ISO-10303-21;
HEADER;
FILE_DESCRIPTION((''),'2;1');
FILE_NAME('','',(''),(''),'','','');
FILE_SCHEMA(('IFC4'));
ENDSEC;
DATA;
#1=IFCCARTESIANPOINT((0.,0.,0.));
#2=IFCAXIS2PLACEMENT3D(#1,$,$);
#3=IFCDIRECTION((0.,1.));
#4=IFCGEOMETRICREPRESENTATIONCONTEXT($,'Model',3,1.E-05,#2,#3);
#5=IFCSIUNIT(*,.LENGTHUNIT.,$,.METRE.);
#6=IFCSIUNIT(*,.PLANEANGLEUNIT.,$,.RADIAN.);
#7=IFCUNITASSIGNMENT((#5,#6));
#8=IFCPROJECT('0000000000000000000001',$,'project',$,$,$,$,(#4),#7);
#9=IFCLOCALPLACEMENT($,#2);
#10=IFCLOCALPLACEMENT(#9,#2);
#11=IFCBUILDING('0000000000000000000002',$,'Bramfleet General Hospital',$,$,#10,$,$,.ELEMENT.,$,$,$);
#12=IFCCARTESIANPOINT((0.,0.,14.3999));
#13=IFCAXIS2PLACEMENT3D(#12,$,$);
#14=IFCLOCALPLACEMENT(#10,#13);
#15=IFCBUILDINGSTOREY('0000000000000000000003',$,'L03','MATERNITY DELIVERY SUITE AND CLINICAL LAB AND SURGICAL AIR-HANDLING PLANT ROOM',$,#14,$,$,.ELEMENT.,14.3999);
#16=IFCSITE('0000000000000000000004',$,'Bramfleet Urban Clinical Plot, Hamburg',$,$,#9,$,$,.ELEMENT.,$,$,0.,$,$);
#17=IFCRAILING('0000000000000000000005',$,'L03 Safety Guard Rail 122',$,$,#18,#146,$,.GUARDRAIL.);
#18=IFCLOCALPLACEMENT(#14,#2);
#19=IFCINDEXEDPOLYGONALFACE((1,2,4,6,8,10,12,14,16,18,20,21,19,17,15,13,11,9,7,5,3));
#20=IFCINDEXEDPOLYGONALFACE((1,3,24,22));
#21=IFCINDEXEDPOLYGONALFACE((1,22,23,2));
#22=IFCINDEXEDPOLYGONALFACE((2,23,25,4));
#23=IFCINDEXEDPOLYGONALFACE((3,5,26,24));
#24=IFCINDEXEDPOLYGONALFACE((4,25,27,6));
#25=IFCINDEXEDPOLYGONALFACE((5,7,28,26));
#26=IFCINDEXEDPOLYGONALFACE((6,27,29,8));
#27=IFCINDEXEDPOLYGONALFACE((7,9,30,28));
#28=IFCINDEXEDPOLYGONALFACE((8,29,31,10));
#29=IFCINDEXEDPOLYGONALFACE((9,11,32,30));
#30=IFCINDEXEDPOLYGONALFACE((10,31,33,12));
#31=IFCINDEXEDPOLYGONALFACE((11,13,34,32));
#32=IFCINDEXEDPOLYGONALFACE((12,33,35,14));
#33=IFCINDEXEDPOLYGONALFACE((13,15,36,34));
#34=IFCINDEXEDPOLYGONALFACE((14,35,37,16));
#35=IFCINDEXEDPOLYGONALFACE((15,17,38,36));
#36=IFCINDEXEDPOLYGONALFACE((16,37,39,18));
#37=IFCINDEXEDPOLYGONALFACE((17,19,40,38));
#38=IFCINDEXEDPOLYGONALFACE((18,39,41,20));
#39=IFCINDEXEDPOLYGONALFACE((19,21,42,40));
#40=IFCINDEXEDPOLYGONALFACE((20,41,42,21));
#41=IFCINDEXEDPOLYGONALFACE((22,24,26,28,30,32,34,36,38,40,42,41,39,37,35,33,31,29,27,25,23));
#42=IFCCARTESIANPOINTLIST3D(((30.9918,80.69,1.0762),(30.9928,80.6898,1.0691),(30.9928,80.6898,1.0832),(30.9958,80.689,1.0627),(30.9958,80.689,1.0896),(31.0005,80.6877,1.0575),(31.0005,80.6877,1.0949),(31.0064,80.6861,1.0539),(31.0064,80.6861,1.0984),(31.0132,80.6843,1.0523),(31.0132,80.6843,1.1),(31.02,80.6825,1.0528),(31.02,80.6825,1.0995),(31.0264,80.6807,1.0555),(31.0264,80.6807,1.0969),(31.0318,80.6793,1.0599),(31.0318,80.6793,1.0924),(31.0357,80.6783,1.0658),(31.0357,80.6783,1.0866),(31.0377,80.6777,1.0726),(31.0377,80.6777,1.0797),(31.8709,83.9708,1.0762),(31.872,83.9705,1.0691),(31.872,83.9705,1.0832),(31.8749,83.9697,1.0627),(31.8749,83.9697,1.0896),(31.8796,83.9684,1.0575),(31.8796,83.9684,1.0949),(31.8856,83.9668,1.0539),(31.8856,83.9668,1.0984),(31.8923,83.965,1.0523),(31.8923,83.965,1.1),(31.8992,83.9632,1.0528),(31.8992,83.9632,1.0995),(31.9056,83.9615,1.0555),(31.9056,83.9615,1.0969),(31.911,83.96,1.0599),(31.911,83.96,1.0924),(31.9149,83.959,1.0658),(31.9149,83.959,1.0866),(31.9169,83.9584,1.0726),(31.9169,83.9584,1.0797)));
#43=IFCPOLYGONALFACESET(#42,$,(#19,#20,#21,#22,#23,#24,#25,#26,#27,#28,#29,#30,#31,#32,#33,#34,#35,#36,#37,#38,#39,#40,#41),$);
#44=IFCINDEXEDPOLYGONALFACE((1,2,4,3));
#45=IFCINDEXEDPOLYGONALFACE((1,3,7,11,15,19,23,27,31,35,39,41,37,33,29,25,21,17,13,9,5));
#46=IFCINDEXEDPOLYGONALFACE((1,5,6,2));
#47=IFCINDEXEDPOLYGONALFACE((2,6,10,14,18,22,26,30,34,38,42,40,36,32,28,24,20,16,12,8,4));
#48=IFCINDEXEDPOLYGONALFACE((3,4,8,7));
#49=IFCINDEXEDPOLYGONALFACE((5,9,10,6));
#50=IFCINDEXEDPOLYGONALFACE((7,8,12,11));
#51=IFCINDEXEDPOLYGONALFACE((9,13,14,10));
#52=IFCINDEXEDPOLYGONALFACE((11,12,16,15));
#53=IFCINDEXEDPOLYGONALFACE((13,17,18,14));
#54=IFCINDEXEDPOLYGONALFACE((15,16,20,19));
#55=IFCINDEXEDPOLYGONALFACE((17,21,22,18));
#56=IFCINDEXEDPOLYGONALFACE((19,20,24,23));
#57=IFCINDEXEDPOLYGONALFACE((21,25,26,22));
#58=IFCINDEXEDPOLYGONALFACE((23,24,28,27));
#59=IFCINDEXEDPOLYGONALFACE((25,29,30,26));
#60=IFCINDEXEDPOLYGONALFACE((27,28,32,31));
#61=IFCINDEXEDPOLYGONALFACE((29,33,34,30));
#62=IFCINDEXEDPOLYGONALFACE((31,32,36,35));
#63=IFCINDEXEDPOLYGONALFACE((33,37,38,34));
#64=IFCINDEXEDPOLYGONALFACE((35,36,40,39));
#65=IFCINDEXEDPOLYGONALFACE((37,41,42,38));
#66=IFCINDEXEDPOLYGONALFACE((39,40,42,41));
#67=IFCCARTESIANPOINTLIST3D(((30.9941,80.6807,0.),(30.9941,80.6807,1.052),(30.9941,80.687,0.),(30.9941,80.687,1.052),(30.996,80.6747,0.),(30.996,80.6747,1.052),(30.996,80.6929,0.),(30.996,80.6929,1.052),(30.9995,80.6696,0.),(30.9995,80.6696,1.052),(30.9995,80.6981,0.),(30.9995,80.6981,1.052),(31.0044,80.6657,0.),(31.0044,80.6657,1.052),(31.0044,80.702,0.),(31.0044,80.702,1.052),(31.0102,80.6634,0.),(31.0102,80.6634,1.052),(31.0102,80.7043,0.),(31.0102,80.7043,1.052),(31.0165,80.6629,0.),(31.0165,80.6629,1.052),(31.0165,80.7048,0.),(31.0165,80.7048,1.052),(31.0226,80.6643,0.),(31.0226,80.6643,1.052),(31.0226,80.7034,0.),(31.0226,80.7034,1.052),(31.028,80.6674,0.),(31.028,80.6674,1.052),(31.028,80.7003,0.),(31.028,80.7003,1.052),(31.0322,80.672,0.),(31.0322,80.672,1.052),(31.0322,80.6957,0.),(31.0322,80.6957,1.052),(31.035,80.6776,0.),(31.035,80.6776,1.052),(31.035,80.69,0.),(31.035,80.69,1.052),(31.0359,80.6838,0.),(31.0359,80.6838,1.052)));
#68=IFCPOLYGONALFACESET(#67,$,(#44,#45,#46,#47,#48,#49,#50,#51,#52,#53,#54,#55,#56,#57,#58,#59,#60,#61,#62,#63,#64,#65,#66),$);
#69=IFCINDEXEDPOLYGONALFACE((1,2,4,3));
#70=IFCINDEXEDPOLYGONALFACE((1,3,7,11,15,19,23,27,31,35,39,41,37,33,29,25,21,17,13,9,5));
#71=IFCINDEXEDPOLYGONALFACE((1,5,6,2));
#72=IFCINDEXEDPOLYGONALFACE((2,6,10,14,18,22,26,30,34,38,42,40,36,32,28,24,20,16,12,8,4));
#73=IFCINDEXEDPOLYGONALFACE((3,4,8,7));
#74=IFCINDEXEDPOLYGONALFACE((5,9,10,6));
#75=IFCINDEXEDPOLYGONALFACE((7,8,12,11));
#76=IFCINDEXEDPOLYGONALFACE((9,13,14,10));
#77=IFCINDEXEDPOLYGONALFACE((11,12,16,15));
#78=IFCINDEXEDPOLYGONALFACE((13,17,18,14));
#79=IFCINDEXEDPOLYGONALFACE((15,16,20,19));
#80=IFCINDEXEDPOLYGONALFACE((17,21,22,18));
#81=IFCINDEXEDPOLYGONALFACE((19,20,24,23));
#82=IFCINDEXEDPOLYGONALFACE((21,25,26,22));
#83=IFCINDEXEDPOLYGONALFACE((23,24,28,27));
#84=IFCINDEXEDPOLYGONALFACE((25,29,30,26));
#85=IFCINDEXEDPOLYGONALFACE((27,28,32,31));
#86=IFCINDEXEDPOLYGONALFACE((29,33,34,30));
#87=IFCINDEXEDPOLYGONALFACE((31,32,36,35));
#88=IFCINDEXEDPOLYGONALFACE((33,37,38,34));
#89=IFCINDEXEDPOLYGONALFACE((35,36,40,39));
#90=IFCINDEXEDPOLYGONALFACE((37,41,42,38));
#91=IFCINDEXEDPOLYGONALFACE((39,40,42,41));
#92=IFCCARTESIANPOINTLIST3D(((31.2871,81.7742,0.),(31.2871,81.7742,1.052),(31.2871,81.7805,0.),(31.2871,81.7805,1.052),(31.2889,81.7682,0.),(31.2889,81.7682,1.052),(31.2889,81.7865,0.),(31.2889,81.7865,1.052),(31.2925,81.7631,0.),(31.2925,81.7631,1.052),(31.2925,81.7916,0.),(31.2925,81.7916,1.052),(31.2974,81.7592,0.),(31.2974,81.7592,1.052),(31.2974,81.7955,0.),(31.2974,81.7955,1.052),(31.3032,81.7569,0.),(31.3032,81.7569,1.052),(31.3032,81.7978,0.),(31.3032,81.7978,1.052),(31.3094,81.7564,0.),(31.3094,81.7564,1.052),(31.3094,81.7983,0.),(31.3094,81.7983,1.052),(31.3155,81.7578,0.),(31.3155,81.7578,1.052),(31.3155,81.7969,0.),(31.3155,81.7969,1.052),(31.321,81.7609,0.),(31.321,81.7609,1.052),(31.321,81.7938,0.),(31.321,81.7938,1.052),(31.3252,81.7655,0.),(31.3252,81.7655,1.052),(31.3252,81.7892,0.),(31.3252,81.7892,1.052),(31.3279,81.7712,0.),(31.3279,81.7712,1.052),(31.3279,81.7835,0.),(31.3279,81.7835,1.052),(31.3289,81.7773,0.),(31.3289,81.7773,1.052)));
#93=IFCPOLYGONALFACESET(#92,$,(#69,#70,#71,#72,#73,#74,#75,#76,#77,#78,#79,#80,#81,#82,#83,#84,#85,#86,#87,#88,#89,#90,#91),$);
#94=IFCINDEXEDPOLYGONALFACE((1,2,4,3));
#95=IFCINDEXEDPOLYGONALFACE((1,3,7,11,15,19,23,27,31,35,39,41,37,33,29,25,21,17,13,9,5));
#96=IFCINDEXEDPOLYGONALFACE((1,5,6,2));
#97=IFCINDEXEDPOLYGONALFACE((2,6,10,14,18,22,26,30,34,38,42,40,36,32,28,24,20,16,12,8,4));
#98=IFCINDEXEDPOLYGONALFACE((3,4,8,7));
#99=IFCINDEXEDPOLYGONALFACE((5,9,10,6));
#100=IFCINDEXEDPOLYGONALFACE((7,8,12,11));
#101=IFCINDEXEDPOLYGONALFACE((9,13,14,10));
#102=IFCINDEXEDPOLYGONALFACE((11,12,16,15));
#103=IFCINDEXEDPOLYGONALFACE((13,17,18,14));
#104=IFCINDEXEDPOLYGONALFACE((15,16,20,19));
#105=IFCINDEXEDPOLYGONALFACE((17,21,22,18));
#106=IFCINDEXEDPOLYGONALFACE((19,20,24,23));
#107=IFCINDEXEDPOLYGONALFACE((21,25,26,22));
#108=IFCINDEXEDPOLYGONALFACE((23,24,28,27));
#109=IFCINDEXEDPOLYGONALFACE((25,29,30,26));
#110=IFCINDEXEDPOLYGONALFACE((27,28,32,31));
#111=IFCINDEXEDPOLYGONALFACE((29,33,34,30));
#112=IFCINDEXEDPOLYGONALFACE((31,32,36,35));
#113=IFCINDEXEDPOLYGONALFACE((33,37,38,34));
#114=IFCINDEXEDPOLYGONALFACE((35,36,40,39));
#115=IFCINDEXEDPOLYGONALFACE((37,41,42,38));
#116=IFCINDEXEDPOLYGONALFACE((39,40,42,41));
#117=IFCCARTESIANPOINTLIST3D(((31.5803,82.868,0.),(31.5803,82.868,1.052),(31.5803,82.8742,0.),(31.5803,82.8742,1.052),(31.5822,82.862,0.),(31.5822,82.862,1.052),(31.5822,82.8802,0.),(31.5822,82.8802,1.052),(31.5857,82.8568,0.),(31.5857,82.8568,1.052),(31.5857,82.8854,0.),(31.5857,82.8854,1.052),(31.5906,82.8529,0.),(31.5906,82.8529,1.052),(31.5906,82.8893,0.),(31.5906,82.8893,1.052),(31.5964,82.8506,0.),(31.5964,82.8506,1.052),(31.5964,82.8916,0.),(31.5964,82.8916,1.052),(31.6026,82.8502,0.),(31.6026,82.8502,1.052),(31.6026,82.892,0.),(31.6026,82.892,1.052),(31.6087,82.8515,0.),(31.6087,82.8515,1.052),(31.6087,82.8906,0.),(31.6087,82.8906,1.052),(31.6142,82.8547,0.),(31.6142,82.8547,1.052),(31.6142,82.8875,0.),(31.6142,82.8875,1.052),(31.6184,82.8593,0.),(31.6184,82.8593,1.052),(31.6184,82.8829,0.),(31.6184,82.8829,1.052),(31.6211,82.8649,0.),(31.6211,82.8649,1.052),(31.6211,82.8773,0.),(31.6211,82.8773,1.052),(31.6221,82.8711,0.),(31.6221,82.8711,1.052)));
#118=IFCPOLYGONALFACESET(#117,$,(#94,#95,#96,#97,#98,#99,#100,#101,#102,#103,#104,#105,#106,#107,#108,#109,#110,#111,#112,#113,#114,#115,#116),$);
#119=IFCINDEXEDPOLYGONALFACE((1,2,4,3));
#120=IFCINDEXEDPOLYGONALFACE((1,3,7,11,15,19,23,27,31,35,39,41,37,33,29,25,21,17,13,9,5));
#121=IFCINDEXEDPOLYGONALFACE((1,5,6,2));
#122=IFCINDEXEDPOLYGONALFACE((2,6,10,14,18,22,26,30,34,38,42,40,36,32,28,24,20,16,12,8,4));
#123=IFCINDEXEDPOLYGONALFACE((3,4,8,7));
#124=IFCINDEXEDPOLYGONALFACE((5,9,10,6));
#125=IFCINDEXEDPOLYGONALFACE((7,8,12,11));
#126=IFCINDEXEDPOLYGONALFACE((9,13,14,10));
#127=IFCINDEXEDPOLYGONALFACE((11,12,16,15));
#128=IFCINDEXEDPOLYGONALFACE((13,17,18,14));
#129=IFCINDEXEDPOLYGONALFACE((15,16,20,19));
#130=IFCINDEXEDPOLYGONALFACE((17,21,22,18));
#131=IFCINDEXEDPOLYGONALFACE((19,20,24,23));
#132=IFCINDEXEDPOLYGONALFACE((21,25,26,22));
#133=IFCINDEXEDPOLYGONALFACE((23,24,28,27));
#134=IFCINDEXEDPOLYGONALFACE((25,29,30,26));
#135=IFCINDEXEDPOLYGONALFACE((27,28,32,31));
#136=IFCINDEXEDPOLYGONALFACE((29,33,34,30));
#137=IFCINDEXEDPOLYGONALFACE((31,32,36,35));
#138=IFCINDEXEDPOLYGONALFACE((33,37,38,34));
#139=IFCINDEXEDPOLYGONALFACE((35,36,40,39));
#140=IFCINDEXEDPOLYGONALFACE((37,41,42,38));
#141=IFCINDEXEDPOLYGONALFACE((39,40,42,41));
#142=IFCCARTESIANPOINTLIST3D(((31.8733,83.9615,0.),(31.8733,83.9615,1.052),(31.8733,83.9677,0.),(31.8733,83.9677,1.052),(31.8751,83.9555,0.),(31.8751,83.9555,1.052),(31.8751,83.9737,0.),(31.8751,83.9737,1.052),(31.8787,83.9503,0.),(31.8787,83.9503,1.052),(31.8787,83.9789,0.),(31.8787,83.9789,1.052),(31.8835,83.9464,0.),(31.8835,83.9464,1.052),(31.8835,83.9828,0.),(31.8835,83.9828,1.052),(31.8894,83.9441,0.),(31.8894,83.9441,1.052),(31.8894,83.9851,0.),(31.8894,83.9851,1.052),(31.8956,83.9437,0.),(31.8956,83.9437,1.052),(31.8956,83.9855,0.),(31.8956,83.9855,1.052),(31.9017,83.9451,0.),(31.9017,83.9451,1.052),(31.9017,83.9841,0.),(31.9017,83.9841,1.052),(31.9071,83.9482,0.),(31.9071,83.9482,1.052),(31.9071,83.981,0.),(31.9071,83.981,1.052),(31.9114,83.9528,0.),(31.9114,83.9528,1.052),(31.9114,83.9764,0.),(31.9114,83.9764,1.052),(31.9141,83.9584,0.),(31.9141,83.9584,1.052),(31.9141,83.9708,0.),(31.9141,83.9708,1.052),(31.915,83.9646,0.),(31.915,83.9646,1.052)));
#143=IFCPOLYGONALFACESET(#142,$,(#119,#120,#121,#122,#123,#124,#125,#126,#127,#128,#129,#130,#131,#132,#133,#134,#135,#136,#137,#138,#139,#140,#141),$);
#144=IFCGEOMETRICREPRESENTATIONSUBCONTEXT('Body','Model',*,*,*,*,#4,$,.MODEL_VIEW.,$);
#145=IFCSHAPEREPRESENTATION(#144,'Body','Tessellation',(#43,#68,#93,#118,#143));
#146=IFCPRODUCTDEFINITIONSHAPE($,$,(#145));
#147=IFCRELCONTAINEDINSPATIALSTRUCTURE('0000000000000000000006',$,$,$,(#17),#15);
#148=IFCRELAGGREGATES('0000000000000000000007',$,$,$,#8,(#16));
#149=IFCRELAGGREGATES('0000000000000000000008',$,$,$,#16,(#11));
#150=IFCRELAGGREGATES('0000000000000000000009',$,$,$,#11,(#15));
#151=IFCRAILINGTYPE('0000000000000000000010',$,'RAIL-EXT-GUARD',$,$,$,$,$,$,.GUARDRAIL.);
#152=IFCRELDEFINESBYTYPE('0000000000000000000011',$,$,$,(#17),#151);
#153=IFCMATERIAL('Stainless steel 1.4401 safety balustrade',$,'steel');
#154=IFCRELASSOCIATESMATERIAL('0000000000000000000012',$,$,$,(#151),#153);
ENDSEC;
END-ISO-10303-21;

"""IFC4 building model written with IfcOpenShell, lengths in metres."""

from ifc_helpers import new_model, si_unit, direction, frame, origin, origin_2d, place, context, subcontext, project, spatial, circle, extrude, material, type_object, element, save


model = new_model("IFC4")

# Units and contexts
model_context = context("Model", 3, precision=1e-05, world=origin(), true_north=direction((0.0, 1.0)))
body_context = subcontext(model_context, "Body", "Model", "MODEL_VIEW")
ifc_project = project(units=[si_unit("LENGTHUNIT", "METRE"), si_unit("PLANEANGLEUNIT", "RADIAN")], contexts=[model_context])

# Site, building, storey
site_placement = place(None, origin())
site = spatial("IfcSite", under=ifc_project, at=site_placement, Name="Bramfleet Urban Clinical Plot, Hamburg", CompositionType="ELEMENT", RefElevation=0.0)
building_placement = place(site_placement, origin())
building = spatial("IfcBuilding", under=site, at=building_placement, Name="Bramfleet General Hospital", CompositionType="ELEMENT")
storey_placement = place(building_placement, frame((0.0, 0.0, 14.3999)))
storey = spatial("IfcBuildingStorey", under=building, at=storey_placement, Name="L03", Description="MATERNITY DELIVERY SUITE AND CLINICAL LAB AND SURGICAL AIR-HANDLING PLANT ROOM", CompositionType="ELEMENT", Elevation=14.3999)

# Railing
ifc_material_1 = material(Name="Stainless steel 1.4401 safety balustrade", Category="steel")
railing_type = type_object("IfcRailingType", Name="RAIL-EXT-GUARD", PredefinedType="GUARDRAIL", material=ifc_material_1)
railing_1_placement = place(storey_placement, frame((31.0149, 80.6838, 0.0)))
element("IfcRailing", 1, at=railing_1_placement, inside=storey, type_object=railing_type, Name="L03 Safety Guard Rail 122", PredefinedType="GUARDRAIL", context=body_context, shape_type="SweptSolid", body=[
    extrude(circle(Radius=0.0239, at=origin_2d()), frame((0.0, 0.0, 1.0762), z_axis=(0.258839, 0.96592, 0.0), x_axis=(-0.96592, 0.258839, 0.0)), (0.0, 0.0, 1.0), 3.3965),
    extrude(circle(Radius=0.021, at=origin_2d()), origin(), (0.0, 0.0, 1.0), 1.052),
    extrude(circle(Radius=0.021, at=origin_2d()), frame((0.293, 1.0935, 0.0)), (0.0, 0.0, 1.0), 1.052),
    extrude(circle(Radius=0.021, at=origin_2d()), frame((0.5862, 2.1873, 0.0)), (0.0, 0.0, 1.0), 1.052),
    extrude(circle(Radius=0.021, at=origin_2d()), frame((0.8792, 3.2808, 0.0)), (0.0, 0.0, 1.0), 1.052),
])

save(model, "model.ifc")
